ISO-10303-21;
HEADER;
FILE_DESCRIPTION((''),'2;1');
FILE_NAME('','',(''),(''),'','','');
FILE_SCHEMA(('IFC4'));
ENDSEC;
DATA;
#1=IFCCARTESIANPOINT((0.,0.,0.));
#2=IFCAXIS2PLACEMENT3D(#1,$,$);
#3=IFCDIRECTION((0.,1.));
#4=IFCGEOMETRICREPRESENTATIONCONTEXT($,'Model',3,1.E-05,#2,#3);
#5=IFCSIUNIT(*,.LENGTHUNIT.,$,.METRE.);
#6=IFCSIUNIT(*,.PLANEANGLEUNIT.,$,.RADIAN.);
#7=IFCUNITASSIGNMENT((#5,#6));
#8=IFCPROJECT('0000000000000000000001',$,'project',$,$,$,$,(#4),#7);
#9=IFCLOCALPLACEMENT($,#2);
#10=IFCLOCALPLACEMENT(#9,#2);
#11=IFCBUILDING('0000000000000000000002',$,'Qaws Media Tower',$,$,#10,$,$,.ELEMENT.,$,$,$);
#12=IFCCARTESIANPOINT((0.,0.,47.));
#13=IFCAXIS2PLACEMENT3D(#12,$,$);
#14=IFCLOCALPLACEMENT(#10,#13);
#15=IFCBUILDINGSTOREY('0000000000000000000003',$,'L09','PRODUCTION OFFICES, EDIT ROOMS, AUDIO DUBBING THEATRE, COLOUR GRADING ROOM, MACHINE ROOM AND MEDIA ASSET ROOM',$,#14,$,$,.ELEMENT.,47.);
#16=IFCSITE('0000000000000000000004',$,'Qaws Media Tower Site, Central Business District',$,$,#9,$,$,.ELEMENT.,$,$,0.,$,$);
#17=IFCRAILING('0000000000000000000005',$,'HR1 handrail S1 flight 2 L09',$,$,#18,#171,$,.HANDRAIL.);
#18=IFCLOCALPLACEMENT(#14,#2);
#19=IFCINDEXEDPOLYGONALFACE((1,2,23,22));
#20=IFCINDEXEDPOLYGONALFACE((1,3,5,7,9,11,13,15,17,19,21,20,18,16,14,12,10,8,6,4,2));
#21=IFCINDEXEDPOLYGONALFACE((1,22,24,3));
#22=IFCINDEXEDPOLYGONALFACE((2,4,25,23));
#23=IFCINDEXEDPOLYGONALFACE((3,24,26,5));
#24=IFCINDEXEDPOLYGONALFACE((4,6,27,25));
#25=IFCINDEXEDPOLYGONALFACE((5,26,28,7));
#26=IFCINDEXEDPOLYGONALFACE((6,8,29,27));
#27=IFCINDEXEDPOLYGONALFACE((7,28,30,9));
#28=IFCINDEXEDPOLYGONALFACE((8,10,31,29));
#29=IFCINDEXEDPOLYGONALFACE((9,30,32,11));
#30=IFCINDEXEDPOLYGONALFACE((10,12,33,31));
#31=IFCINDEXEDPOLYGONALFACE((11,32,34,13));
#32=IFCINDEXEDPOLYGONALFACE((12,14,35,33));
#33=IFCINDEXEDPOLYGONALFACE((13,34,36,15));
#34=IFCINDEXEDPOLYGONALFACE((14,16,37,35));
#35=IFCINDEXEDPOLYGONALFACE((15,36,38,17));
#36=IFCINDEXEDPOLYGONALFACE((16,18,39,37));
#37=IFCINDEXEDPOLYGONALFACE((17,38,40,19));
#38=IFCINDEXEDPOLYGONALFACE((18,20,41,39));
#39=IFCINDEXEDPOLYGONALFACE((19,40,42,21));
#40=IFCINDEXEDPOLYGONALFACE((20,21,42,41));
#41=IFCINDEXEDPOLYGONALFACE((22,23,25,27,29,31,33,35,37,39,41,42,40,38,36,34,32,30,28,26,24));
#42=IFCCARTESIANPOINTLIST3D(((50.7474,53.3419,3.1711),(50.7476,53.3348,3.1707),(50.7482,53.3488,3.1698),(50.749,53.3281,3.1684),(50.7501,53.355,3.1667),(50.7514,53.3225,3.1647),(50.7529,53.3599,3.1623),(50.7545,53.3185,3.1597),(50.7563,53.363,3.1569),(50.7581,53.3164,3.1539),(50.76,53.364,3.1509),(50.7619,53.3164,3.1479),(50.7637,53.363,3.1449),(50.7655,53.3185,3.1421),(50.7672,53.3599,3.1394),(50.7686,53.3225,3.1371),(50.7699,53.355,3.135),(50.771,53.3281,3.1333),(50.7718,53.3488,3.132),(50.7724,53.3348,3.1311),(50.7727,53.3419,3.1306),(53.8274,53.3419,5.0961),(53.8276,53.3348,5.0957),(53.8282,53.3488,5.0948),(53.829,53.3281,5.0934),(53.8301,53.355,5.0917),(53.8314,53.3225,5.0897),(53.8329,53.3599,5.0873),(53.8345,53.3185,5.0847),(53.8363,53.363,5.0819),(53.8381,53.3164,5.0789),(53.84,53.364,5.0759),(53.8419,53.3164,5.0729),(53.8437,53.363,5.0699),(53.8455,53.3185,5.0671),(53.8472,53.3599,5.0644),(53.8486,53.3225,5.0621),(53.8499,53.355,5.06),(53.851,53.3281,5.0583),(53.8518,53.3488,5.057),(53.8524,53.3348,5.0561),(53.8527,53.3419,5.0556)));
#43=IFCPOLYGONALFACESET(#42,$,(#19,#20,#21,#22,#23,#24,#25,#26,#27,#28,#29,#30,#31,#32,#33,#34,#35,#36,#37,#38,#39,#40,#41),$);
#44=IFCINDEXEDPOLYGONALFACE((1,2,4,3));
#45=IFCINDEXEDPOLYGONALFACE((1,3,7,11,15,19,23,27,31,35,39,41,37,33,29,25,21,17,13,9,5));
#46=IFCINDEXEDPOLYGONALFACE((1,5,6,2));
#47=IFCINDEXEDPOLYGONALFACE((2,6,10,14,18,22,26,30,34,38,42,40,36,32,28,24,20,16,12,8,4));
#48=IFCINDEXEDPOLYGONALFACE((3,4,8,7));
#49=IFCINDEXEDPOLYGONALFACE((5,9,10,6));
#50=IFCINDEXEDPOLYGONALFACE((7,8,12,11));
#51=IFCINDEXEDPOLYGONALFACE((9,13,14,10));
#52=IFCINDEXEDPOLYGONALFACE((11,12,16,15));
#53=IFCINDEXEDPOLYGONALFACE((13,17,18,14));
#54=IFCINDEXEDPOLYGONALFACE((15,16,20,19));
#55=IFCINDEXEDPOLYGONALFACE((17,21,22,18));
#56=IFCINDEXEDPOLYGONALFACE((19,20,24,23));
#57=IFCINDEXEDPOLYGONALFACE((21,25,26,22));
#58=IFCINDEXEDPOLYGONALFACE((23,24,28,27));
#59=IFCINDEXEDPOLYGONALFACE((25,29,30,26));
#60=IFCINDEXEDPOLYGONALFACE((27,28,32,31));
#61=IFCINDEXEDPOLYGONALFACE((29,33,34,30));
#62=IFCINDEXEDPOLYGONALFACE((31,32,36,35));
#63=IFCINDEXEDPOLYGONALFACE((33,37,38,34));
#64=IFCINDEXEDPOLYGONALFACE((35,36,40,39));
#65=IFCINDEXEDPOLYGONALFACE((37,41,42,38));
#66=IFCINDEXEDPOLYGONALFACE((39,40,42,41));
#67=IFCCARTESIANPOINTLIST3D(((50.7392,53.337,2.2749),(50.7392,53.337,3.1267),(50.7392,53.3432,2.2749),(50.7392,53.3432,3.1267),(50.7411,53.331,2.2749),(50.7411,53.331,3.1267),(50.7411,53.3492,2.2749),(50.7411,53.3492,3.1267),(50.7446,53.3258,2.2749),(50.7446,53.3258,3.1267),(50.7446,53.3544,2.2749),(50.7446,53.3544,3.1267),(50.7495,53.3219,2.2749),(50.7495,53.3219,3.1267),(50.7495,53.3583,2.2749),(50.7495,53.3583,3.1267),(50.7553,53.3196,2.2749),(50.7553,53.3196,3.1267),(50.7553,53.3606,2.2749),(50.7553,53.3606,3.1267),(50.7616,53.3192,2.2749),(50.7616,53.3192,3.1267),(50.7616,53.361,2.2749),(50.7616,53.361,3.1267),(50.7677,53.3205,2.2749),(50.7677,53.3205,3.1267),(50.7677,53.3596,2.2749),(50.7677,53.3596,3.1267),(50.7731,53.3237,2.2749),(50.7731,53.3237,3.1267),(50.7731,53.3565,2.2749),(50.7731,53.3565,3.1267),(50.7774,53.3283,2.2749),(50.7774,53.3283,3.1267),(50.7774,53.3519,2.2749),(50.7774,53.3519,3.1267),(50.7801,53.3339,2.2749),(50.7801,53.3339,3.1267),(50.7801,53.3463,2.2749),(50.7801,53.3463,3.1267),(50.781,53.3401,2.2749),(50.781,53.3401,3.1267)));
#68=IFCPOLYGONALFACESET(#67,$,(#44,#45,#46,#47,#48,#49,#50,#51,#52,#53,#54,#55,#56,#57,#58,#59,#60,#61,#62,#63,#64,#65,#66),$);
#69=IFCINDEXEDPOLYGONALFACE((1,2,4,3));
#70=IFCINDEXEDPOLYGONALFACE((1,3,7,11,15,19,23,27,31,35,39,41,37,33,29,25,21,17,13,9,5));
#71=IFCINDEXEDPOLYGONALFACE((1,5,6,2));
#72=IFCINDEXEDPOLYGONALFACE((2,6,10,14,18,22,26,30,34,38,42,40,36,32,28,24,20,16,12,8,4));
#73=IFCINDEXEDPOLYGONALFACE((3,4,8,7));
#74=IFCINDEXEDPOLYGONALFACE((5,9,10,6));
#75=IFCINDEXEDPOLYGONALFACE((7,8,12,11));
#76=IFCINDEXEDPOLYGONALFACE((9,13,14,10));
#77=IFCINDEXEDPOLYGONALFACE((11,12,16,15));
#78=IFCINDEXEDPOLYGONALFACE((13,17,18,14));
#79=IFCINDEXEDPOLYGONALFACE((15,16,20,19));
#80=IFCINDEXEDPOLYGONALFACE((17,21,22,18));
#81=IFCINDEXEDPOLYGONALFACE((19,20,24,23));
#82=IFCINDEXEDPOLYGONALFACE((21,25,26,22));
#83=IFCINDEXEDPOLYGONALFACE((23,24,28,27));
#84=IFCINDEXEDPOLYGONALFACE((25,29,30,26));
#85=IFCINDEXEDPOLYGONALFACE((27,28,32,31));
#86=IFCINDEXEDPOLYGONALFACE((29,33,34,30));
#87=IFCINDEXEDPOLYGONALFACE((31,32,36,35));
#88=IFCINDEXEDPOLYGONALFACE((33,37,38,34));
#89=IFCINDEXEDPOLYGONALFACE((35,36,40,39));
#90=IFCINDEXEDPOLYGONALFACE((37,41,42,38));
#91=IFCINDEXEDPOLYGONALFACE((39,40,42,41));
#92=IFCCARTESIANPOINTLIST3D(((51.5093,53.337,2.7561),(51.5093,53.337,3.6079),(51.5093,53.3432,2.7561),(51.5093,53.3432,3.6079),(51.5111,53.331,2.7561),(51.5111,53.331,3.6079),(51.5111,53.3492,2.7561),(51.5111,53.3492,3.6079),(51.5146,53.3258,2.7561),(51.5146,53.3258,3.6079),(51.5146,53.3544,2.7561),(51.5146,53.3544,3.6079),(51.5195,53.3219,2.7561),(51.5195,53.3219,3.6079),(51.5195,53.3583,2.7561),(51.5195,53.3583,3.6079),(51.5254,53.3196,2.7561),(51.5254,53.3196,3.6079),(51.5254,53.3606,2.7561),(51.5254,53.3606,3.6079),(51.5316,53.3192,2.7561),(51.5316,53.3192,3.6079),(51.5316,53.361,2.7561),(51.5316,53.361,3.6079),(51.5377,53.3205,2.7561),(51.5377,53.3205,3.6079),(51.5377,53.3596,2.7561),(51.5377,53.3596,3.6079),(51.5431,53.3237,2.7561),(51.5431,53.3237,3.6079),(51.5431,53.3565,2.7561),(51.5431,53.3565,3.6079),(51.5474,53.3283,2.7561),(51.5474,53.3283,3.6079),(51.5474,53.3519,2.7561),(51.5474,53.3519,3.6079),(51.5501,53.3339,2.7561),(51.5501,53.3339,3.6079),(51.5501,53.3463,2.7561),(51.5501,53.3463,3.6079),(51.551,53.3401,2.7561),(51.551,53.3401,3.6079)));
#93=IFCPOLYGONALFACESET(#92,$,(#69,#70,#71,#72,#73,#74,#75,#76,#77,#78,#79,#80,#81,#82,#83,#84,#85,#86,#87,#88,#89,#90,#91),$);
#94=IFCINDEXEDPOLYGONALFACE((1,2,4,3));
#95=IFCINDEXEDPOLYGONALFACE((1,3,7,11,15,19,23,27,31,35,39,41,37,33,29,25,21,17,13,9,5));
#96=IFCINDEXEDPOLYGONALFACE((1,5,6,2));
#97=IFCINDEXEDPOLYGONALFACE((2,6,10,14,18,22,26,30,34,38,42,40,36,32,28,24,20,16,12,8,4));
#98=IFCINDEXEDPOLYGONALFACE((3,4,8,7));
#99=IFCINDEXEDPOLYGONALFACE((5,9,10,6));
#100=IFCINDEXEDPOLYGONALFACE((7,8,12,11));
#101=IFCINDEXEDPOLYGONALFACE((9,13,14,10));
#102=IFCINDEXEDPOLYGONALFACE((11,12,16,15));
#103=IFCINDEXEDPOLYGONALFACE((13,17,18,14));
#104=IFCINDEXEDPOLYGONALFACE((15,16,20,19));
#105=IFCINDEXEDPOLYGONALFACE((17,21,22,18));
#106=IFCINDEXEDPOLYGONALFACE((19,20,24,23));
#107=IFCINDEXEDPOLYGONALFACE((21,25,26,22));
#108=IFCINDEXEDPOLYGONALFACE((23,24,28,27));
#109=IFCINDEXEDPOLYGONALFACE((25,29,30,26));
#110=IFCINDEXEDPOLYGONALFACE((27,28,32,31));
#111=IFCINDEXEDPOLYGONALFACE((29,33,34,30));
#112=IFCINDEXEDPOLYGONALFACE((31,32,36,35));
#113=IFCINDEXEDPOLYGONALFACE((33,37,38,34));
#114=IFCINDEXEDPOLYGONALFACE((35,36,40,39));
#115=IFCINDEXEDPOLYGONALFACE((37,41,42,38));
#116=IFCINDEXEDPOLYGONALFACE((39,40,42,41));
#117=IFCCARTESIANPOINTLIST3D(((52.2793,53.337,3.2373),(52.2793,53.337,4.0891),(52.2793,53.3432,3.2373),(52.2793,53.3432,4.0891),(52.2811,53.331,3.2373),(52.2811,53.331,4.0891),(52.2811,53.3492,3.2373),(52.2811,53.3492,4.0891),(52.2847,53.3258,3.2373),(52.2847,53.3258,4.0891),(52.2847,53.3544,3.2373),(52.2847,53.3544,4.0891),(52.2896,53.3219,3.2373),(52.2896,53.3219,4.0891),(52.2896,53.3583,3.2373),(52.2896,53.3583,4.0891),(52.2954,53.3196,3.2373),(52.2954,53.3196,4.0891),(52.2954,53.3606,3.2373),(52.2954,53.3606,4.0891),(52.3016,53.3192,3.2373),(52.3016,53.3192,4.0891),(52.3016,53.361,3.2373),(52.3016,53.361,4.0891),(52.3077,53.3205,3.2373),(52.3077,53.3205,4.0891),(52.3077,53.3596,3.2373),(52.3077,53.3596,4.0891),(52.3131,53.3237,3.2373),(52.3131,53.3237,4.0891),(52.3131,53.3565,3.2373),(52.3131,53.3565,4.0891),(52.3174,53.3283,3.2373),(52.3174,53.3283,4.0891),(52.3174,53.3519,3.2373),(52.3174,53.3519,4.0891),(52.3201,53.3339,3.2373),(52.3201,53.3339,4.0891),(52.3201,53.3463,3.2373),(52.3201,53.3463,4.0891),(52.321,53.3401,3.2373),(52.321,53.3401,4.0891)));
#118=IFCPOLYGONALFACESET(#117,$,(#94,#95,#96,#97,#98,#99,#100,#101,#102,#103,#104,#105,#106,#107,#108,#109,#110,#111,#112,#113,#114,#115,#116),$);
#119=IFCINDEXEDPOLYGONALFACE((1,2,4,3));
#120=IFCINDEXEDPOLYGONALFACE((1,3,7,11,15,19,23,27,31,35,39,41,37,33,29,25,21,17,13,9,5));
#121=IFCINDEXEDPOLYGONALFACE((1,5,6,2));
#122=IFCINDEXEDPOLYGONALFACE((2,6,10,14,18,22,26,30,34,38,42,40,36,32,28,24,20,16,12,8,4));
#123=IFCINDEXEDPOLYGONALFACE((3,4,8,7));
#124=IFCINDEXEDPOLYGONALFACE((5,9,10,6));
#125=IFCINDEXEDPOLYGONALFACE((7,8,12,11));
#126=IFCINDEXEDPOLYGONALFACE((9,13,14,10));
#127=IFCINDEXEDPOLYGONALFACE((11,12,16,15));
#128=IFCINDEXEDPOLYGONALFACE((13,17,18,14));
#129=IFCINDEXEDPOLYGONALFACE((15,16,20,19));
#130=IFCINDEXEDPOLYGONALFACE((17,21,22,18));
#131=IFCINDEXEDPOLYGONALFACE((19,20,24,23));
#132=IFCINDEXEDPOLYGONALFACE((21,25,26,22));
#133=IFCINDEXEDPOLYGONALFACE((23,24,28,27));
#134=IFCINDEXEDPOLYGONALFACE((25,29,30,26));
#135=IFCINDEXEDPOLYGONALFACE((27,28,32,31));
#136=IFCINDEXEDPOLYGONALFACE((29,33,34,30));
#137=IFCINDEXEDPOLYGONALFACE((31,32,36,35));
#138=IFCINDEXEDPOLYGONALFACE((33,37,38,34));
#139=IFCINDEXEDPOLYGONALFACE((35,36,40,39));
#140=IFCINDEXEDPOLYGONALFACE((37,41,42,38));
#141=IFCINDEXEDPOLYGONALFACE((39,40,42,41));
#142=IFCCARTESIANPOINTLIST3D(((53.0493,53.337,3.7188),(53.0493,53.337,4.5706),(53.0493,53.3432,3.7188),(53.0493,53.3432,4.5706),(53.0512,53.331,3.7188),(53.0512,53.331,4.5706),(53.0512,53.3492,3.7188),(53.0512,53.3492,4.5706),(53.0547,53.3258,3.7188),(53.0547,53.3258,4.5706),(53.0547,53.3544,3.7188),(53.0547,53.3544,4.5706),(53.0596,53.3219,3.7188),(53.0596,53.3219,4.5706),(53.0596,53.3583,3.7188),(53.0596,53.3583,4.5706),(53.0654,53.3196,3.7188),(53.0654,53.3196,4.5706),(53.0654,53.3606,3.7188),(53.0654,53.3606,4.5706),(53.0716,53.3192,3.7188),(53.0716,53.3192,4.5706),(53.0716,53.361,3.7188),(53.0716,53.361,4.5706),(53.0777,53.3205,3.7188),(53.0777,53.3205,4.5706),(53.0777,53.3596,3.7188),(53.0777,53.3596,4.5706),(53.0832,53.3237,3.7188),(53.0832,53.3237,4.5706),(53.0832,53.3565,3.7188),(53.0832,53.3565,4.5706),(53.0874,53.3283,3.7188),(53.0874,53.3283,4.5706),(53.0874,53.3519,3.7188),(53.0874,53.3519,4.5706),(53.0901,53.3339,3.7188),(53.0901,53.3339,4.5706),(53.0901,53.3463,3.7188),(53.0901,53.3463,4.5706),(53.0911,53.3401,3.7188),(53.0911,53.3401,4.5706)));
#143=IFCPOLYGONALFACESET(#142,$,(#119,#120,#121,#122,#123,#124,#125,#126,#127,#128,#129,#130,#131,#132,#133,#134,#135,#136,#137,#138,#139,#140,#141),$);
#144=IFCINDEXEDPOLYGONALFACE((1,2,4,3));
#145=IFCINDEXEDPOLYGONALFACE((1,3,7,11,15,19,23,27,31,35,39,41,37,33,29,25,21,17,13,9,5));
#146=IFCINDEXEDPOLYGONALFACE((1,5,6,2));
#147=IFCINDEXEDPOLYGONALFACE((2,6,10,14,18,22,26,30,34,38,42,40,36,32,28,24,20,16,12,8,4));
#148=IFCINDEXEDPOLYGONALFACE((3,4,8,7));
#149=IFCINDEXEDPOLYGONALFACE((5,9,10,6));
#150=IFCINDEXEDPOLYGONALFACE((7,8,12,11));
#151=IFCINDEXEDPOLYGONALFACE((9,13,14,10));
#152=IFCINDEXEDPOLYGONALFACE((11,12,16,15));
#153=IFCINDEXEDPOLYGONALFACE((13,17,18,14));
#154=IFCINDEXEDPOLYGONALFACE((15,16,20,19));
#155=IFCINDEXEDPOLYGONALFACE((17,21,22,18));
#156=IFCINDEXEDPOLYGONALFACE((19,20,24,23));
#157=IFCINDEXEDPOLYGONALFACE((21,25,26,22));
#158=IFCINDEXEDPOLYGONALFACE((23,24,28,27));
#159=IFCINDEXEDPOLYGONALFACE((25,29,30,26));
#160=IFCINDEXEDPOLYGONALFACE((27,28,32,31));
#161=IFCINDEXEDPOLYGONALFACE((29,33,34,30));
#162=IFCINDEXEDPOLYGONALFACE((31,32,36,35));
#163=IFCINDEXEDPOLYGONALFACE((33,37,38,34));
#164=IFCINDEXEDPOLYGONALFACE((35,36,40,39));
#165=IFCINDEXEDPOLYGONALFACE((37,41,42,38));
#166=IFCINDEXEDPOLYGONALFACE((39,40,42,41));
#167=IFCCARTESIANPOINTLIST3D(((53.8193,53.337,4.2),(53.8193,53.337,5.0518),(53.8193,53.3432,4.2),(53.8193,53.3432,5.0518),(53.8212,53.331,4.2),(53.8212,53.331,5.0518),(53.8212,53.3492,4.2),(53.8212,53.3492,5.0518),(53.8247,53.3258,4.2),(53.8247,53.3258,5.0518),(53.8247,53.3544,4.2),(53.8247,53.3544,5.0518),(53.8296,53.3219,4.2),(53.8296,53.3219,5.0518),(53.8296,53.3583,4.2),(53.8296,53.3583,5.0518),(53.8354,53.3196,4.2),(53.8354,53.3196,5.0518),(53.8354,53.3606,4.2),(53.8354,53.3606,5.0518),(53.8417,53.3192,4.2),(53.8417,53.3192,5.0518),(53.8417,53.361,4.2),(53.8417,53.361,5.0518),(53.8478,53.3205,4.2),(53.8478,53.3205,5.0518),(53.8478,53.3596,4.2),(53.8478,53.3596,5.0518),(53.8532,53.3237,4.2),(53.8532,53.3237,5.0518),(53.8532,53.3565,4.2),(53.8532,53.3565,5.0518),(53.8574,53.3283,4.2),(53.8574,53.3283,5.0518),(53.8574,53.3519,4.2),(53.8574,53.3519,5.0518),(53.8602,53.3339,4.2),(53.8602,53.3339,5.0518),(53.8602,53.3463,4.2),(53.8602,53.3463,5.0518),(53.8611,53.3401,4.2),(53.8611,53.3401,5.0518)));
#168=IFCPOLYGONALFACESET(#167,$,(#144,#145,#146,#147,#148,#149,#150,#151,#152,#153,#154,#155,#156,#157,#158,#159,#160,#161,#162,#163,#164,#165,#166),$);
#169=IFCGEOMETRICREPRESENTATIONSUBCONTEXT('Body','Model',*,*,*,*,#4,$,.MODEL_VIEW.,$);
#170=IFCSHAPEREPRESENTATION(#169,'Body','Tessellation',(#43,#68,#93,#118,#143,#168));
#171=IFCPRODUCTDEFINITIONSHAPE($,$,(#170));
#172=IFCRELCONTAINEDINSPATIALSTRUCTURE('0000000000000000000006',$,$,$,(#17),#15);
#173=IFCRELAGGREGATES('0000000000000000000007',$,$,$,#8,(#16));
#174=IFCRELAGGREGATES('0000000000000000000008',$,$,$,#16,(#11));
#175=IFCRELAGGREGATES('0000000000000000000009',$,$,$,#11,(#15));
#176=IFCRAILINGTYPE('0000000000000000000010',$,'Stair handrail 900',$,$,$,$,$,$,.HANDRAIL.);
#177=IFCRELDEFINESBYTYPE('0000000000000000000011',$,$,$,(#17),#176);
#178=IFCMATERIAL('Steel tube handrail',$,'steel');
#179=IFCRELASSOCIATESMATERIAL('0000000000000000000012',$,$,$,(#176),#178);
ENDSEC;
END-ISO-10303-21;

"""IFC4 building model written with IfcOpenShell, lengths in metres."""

from ifc_helpers import new_model, si_unit, direction, frame, origin, origin_2d, place, context, subcontext, project, spatial, circle, extrude, material, type_object, element, save


model = new_model("IFC4")

# Units and contexts
model_context = context("Model", 3, precision=1e-05, world=origin(), true_north=direction((0.0, 1.0)))
body_context = subcontext(model_context, "Body", "Model", "MODEL_VIEW")
ifc_project = project(units=[si_unit("LENGTHUNIT", "METRE"), si_unit("PLANEANGLEUNIT", "RADIAN")], contexts=[model_context])

# Site, building, storey
site_placement = place(None, origin())
site = spatial("IfcSite", under=ifc_project, at=site_placement, Name="Qaws Media Tower Site, Central Business District", CompositionType="ELEMENT", RefElevation=0.0)
building_placement = place(site_placement, origin())
building = spatial("IfcBuilding", under=site, at=building_placement, Name="Qaws Media Tower", CompositionType="ELEMENT")
storey_placement = place(building_placement, frame((0.0, 0.0, 47.0)))
storey = spatial("IfcBuildingStorey", under=building, at=storey_placement, Name="L09", Description="PRODUCTION OFFICES, EDIT ROOMS, AUDIO DUBBING THEATRE, COLOUR GRADING ROOM, MACHINE ROOM AND MEDIA ASSET ROOM", CompositionType="ELEMENT", Elevation=47.0)

# Railing
ifc_material_1 = material(Name="Steel tube handrail", Category="steel")
railing_type = type_object("IfcRailingType", Name="Stair handrail 900", PredefinedType="HANDRAIL", material=ifc_material_1)
for number, where, name in (
    (1, (50.76, 53.3401, 2.2749), "HR1 handrail S1 flight 2 L09"),
):
    element("IfcRailing", number, at=place(storey_placement, frame(where)), inside=storey, type_object=railing_type, Name=name, PredefinedType="HANDRAIL", context=body_context, shape_type="SweptSolid", body=[
        extrude(circle(Radius=0.0239, at=origin_2d()), frame((0.0, 0.0, 0.876), z_axis=(0.847998, 0.0, 0.529999), x_axis=(0.0, 1.0, 0.0)), (0.0, 0.0, 1.0), 3.6321),
        extrude(circle(Radius=0.021, at=origin_2d()), origin(), (0.0, 0.0, 1.0), 0.8518),
        extrude(circle(Radius=0.021, at=origin_2d()), frame((0.77, 0.0, 0.4812)), (0.0, 0.0, 1.0), 0.8518),
        extrude(circle(Radius=0.021, at=origin_2d()), frame((1.54, 0.0, 0.9624)), (0.0, 0.0, 1.0), 0.8518),
        extrude(circle(Radius=0.021, at=origin_2d()), frame((2.3101, 0.0, 1.4438)), (0.0, 0.0, 1.0), 0.8518),
        extrude(circle(Radius=0.021, at=origin_2d()), frame((3.0801, 0.0, 1.925)), (0.0, 0.0, 1.0), 0.8518),
    ])

save(model, "model.ifc")
